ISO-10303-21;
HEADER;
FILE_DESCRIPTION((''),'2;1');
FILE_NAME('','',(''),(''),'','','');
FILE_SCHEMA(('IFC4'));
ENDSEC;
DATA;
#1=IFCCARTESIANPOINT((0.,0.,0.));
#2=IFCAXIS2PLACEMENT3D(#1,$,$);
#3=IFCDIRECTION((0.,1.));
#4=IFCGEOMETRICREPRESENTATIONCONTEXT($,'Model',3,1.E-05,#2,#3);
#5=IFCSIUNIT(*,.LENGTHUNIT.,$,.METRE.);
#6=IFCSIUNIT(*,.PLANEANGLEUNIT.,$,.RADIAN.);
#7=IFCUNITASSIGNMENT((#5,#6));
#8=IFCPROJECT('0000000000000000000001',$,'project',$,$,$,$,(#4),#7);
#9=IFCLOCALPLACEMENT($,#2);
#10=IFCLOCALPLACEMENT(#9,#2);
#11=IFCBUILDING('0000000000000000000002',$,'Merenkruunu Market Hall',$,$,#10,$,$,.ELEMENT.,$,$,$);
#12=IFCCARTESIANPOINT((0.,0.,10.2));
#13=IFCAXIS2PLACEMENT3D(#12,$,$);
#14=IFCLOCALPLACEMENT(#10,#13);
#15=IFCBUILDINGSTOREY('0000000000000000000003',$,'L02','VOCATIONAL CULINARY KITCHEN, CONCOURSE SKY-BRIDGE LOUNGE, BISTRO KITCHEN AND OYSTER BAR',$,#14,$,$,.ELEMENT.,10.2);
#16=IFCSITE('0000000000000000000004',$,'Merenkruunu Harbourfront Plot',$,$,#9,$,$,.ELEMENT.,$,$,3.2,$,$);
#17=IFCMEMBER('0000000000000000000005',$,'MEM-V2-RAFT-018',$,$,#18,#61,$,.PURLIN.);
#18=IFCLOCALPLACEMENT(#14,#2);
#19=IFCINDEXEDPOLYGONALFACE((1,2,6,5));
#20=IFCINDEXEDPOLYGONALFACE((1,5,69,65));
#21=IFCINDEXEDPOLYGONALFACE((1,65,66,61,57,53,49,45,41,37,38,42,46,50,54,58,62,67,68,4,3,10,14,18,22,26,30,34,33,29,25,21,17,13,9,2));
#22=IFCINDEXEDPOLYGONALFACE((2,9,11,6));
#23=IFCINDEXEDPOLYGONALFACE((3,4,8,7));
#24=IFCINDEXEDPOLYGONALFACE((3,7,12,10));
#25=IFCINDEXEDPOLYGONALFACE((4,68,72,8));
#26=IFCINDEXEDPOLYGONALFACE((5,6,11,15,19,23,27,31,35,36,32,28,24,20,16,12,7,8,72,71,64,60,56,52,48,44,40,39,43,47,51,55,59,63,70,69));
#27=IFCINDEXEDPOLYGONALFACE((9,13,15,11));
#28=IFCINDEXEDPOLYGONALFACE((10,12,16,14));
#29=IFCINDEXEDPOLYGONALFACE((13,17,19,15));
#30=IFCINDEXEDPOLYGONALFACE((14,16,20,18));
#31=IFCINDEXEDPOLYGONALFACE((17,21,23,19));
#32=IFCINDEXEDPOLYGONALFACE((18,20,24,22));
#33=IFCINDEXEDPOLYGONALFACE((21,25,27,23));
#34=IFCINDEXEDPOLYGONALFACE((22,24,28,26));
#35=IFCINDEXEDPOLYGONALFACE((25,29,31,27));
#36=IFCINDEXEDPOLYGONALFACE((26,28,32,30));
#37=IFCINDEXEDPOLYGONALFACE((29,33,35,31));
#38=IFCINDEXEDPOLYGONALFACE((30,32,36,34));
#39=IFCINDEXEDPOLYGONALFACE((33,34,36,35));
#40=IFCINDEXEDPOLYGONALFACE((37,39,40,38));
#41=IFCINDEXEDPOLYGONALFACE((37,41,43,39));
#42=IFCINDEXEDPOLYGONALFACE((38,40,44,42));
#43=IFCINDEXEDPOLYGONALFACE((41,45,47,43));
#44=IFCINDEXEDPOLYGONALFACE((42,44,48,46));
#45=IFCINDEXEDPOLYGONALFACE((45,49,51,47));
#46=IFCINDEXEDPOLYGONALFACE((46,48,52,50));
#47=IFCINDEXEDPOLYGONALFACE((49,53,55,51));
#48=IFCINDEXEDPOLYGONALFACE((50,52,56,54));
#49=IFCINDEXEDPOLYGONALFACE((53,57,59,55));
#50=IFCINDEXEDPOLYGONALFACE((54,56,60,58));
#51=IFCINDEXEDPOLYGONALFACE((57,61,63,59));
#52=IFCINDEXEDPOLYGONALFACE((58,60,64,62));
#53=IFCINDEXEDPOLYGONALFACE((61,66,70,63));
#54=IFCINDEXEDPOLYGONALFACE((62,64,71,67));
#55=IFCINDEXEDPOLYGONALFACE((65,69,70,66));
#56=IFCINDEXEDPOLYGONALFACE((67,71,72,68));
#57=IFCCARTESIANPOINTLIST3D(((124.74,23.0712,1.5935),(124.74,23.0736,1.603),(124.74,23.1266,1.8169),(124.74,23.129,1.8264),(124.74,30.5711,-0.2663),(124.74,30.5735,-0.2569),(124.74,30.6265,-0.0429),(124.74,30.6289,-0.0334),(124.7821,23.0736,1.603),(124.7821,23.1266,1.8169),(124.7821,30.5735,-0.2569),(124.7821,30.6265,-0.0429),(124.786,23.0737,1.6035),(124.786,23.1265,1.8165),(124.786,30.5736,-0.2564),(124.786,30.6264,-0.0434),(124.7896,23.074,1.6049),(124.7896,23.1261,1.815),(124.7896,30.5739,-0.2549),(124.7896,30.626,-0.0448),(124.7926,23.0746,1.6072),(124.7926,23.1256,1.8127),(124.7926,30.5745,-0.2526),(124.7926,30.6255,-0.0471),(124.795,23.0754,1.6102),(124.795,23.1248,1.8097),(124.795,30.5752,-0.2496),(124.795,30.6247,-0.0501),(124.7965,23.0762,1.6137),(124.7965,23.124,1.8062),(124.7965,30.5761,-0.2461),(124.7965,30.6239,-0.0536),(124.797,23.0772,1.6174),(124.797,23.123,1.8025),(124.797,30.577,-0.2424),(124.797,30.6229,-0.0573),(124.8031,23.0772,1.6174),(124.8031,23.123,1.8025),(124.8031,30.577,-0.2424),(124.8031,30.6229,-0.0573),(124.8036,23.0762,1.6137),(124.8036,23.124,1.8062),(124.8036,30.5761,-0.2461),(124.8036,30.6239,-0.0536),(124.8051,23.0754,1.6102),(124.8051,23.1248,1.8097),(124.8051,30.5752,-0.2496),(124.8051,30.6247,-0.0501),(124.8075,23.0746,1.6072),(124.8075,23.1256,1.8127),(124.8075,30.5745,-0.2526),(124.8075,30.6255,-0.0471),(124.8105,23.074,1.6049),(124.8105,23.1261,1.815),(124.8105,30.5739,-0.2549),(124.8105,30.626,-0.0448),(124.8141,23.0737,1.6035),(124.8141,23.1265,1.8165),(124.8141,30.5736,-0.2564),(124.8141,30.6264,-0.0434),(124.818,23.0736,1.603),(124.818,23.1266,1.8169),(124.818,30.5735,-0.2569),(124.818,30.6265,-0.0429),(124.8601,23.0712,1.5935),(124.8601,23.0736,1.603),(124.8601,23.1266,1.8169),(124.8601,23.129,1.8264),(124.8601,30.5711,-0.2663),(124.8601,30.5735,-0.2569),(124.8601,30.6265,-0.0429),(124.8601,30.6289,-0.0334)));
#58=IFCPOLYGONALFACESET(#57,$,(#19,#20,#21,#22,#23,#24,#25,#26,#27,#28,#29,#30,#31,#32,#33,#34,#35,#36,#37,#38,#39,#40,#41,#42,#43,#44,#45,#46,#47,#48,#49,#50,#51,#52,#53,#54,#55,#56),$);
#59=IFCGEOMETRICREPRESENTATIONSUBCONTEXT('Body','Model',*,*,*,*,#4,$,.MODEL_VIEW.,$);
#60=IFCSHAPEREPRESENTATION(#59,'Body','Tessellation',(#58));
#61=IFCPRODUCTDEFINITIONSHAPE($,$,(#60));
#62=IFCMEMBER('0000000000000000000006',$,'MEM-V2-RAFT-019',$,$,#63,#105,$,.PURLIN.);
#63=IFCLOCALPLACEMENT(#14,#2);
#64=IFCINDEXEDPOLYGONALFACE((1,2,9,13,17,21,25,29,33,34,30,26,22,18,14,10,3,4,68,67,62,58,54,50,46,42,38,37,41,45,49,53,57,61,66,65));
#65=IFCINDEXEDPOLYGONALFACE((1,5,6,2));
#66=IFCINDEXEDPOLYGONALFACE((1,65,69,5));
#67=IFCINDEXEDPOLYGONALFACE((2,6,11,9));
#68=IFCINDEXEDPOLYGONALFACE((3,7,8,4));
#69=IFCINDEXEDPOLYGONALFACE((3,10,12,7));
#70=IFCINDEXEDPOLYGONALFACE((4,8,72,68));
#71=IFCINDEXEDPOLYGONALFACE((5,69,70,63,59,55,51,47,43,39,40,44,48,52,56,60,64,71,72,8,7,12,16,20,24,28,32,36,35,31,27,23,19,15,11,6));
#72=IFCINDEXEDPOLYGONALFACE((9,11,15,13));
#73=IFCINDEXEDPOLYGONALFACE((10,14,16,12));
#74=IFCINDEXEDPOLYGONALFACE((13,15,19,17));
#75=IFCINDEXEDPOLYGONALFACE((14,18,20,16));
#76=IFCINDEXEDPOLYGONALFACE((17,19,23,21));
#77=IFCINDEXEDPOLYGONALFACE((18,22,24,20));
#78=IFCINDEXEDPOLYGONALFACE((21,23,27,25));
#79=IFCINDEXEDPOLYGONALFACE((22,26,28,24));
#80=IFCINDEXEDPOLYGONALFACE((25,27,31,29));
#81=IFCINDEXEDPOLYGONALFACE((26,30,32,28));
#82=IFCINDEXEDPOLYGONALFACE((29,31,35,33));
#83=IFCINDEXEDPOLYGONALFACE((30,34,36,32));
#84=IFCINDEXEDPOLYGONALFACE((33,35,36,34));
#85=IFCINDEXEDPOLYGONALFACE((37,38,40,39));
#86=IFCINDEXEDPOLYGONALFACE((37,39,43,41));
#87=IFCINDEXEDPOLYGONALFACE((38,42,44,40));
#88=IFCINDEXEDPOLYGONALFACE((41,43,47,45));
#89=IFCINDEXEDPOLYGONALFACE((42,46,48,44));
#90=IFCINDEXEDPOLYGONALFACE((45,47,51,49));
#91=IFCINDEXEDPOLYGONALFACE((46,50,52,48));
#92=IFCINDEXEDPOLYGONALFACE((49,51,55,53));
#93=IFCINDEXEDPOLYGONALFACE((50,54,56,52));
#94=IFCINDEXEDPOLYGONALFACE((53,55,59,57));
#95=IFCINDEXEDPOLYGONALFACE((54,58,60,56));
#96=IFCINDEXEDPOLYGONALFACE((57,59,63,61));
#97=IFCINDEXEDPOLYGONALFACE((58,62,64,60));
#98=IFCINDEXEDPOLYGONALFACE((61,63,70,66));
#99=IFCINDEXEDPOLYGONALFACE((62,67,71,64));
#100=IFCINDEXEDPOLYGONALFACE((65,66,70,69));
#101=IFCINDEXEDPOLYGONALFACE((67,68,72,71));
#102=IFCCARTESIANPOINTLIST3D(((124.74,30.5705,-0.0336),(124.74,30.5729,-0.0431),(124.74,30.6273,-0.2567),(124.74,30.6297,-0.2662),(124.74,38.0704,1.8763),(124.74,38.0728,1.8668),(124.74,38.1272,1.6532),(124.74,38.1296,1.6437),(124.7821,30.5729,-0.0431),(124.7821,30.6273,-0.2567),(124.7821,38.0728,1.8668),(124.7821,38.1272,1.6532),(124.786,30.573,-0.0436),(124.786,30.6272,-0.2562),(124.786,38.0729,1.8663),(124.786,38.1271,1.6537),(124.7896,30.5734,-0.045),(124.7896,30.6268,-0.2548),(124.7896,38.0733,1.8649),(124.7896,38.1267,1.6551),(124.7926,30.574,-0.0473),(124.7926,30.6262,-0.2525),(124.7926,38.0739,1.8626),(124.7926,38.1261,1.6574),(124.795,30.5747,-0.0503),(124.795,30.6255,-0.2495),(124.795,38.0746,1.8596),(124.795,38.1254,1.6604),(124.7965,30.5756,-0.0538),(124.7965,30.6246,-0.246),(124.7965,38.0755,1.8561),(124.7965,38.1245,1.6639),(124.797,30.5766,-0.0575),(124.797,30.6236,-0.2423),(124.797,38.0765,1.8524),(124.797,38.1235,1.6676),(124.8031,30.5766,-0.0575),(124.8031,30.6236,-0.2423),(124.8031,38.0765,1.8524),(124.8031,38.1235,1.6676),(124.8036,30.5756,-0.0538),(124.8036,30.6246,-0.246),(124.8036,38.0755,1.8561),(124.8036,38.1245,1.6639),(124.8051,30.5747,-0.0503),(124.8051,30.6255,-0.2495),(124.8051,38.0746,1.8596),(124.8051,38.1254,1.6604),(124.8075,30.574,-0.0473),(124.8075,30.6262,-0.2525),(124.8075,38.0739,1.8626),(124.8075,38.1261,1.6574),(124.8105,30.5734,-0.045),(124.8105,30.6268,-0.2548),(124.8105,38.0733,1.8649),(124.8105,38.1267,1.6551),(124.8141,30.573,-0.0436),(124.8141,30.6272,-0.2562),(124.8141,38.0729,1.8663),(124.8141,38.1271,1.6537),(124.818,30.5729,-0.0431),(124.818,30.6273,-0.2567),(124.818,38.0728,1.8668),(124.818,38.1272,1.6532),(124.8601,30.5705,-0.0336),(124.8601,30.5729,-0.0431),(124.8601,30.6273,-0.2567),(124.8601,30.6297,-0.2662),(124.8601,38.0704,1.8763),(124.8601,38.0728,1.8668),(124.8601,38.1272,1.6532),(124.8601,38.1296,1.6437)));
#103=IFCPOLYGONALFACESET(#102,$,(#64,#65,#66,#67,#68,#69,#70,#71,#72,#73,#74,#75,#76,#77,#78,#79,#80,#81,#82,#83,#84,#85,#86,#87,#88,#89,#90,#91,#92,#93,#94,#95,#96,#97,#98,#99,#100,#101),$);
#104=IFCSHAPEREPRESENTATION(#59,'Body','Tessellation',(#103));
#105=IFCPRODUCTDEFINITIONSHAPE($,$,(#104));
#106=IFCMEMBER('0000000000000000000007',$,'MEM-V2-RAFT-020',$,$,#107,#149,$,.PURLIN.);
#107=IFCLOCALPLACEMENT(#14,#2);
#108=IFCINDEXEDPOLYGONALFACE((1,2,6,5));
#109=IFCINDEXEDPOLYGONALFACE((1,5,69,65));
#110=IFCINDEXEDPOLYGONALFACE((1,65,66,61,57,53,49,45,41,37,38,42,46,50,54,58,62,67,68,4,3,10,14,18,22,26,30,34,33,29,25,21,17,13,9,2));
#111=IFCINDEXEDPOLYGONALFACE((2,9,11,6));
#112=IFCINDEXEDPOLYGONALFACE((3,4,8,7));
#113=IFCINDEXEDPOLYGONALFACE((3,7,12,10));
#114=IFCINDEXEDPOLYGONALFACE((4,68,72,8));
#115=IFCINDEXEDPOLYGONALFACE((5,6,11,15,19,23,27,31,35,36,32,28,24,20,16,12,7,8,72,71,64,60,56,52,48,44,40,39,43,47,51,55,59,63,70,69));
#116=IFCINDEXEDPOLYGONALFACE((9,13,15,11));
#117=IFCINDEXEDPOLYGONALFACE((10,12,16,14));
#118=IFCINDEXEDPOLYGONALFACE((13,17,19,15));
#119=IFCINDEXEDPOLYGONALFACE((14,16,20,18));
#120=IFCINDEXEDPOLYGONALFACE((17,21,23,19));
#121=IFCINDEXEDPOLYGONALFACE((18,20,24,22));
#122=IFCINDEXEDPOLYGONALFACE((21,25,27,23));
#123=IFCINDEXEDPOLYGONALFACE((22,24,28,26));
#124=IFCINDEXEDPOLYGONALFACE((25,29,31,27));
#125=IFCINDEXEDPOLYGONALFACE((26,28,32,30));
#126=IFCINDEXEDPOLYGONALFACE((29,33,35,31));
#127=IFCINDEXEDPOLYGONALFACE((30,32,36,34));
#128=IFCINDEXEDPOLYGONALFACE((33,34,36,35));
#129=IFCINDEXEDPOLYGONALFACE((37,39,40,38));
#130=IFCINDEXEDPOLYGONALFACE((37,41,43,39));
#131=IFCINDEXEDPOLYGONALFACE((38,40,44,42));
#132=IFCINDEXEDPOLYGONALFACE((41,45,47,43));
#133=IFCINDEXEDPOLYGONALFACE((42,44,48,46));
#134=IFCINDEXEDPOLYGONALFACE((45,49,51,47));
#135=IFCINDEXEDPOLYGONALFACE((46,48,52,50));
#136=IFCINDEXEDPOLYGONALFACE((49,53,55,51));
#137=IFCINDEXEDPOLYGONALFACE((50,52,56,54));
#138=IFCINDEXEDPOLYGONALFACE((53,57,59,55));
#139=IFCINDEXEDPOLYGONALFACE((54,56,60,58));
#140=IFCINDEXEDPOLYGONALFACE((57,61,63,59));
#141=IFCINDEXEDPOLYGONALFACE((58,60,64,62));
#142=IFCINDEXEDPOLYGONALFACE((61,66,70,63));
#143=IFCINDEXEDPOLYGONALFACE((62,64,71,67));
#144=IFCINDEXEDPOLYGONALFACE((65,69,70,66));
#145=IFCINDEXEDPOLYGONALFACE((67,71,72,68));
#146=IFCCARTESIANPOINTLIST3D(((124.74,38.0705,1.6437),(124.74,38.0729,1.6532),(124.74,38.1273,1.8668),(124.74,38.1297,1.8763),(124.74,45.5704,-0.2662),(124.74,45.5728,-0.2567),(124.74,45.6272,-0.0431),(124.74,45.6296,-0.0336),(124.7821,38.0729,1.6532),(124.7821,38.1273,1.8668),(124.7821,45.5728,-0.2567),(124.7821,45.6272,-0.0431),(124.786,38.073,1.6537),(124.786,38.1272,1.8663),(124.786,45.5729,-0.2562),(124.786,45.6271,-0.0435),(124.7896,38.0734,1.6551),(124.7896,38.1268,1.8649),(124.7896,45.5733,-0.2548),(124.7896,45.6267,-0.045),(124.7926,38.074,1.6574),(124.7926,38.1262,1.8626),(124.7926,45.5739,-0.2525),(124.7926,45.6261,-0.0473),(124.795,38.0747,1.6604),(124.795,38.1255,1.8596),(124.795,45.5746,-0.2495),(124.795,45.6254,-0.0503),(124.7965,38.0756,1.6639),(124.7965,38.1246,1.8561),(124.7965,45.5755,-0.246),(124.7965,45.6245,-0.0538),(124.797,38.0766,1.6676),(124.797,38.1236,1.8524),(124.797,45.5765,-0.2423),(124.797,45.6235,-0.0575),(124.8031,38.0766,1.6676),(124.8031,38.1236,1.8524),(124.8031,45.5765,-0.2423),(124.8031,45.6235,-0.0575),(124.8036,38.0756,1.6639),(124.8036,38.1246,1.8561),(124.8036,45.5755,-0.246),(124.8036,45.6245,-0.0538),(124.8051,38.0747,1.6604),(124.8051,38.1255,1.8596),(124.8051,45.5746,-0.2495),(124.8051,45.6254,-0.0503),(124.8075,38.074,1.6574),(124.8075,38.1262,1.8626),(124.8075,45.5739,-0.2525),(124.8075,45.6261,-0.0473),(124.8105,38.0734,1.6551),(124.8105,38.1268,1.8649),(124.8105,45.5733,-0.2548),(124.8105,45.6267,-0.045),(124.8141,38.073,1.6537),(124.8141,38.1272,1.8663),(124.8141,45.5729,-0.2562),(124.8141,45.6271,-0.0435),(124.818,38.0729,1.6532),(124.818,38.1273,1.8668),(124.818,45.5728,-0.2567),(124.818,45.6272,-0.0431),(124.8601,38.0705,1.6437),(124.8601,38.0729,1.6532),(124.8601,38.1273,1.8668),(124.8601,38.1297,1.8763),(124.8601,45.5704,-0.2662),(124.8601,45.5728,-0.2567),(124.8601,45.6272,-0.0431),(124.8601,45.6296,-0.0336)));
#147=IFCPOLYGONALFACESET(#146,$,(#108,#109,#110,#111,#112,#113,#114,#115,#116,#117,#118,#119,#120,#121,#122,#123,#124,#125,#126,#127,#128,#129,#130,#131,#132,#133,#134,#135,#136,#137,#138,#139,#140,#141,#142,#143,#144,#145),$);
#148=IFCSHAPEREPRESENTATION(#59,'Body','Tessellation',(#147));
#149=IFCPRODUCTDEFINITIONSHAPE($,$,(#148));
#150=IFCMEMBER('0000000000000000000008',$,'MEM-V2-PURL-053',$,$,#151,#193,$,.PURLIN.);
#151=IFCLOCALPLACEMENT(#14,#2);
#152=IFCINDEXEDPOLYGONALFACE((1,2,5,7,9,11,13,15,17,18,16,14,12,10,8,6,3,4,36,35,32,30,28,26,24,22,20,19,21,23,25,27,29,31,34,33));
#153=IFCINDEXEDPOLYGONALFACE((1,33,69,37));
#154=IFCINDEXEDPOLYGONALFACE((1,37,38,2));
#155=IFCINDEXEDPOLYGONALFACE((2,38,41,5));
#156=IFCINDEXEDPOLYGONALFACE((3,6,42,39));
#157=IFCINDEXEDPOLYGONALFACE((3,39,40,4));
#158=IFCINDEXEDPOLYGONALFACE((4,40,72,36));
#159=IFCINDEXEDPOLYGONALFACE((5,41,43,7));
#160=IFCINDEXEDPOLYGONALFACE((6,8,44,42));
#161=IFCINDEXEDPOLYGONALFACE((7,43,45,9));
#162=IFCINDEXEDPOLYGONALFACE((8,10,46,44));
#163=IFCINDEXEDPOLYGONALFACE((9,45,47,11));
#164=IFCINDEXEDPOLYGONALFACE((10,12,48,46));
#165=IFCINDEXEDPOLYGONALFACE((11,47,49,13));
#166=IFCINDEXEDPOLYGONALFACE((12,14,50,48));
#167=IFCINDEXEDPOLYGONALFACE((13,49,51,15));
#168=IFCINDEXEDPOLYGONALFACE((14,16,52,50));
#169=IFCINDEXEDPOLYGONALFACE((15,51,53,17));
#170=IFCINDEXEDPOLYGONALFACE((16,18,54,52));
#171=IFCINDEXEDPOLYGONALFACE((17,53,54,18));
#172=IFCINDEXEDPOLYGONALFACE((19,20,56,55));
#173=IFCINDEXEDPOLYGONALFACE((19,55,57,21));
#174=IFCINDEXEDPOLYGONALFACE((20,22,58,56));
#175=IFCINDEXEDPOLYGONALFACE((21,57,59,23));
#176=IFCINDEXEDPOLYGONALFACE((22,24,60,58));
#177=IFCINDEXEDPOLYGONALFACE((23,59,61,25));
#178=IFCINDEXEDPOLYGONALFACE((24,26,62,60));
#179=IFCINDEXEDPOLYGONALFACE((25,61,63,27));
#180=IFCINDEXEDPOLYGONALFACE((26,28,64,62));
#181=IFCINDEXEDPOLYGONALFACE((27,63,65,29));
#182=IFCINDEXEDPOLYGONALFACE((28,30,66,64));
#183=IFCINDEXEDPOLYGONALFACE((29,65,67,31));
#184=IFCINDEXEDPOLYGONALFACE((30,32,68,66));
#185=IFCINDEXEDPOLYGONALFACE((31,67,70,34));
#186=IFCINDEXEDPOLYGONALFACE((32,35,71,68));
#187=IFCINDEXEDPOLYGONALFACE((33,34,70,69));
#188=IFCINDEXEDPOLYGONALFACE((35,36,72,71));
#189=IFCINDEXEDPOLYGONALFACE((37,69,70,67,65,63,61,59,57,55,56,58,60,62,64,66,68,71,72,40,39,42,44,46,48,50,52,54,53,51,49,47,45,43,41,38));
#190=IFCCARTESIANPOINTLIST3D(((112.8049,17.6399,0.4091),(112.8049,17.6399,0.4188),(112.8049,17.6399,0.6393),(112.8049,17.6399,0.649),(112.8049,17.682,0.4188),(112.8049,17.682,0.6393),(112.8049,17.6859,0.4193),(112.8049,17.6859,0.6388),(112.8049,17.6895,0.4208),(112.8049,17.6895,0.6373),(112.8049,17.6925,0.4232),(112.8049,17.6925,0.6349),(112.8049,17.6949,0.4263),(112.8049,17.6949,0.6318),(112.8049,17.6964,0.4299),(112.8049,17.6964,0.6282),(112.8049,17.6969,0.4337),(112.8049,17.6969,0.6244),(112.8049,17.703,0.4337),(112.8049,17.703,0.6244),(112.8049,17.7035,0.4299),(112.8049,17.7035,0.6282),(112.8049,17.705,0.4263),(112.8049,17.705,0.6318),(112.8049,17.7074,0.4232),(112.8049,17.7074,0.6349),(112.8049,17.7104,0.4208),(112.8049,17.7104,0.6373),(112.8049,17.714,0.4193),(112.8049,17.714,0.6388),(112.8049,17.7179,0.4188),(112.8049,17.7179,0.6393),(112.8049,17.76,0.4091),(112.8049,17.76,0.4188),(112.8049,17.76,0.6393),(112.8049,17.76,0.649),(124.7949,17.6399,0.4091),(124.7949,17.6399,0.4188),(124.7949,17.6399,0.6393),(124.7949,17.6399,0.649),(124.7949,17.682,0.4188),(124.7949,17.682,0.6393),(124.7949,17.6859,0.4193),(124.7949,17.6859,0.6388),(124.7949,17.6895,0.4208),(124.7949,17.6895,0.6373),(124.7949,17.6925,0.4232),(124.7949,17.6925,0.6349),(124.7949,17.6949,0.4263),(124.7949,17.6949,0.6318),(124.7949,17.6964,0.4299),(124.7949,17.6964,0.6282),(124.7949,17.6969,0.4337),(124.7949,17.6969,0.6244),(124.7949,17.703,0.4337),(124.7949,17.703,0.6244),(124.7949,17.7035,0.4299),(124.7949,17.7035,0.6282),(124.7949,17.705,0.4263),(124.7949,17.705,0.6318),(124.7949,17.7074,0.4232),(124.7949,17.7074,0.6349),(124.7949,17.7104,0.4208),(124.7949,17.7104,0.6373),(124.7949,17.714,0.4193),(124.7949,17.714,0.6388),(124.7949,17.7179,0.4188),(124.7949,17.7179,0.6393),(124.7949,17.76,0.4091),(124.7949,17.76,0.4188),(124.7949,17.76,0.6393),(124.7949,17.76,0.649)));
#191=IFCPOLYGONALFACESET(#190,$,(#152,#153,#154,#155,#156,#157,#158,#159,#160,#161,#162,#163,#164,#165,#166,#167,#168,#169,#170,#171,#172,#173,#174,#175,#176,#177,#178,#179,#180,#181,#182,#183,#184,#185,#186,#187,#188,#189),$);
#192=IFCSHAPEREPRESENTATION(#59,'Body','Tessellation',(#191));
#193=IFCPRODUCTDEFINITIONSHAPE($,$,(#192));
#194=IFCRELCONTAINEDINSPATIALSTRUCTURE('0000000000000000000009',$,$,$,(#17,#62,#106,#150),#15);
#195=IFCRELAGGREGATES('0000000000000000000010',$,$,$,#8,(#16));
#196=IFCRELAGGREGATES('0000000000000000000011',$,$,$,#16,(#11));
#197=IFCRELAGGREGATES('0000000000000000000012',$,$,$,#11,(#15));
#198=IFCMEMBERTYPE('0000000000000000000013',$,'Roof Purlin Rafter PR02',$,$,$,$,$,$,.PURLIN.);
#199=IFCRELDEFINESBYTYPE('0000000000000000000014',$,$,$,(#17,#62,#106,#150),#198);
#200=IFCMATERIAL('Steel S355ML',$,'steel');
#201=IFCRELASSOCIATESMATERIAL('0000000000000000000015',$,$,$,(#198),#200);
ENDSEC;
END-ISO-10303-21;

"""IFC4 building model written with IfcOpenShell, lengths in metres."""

from ifc_helpers import new_model, si_unit, direction, frame, origin, origin_2d, place, context, subcontext, project, spatial, i_section, extrude, material, material_profile, profile_set, type_object, element, save


model = new_model("IFC4")

# Units and contexts
model_context = context("Model", 3, precision=1e-05, world=origin(), true_north=direction((0.0, 1.0)))
body_context = subcontext(model_context, "Body", "Model", "MODEL_VIEW")
ifc_project = project(units=[si_unit("LENGTHUNIT", "METRE"), si_unit("PLANEANGLEUNIT", "RADIAN")], contexts=[model_context])

# Site, building, storey
site_placement = place(None, origin())
site = spatial("IfcSite", under=ifc_project, at=site_placement, Name="Merenkruunu Harbourfront Plot", CompositionType="ELEMENT", RefElevation=3.2)
building_placement = place(site_placement, origin())
building = spatial("IfcBuilding", under=site, at=building_placement, Name="Merenkruunu Market Hall", CompositionType="ELEMENT")
storey_placement = place(building_placement, frame((0.0, 0.0, 10.2)))
storey = spatial("IfcBuildingStorey", under=building, at=storey_placement, Name="L02", Description="VOCATIONAL CULINARY KITCHEN, CONCOURSE SKY-BRIDGE LOUNGE, BISTRO KITCHEN AND OYSTER BAR", CompositionType="ELEMENT", Elevation=10.2)

# Members
ifc_material_1 = material(Name="Steel S355ML", Category="steel")
ifc_material_profile_1 = material_profile(ifc_material_1, i_section(OverallWidth=0.1201, OverallDepth=0.24, WebThickness=0.0061, FlangeThickness=0.0098, FilletRadius=0.0149, at=origin_2d()), Name="IPE 240")
ifc_profile_set_1 = profile_set([ifc_material_profile_1], Name="Steel S355ML")
member_type = type_object("IfcMemberType", Name="Roof Purlin Rafter PR02", PredefinedType="PURLIN", material=ifc_profile_set_1)
for number, where, z_axis, x_axis, name in (
    (1, (124.8, 23.1001, 1.71), (0.0, 0.970602, -0.240692), (-1.0, 0.0, 0.0), "MEM-V2-RAFT-018"),
):
    element("IfcMember", number, at=place(storey_placement, frame(where, z_axis=z_axis, x_axis=x_axis)), inside=storey, type_object=member_type, Name=name, PredefinedType="PURLIN", context=body_context, shape_type="SweptSolid", body=[
        extrude(i_section(OverallWidth=0.1201, OverallDepth=0.24, WebThickness=0.0061, FlangeThickness=0.0098, FilletRadius=0.0149, at=origin_2d()), origin(), (0.0, 0.0, 1.0), 7.7271),
    ])
for number, where, z_axis, x_axis, name in (
    (2, (124.8, 30.6001, -0.1499), (0.0, 0.969072, 0.246779), (-1.0, 0.0, 0.0), "MEM-V2-RAFT-019"),
    (3, (124.8, 38.1001, 1.76), (0.0, 0.969072, -0.246779), (-1.0, 0.0, 0.0), "MEM-V2-RAFT-020"),
):
    element("IfcMember", number, at=place(storey_placement, frame(where, z_axis=z_axis, x_axis=x_axis)), inside=storey, type_object=member_type, Name=name, PredefinedType="PURLIN", context=body_context, shape_type="SweptSolid", body=[
        extrude(i_section(OverallWidth=0.1201, OverallDepth=0.24, WebThickness=0.0061, FlangeThickness=0.0098, FilletRadius=0.0149, at=origin_2d()), origin(), (0.0, 0.0, 1.0), 7.7393),
    ])
for number, where, z_axis, x_axis, name in (
    (4, (112.8049, 17.7, 0.5291), (1.0, 0.0, 0.0), (0.0, 1.0, 0.0), "MEM-V2-PURL-053"),
):
    element("IfcMember", number, at=place(storey_placement, frame(where, z_axis=z_axis, x_axis=x_axis)), inside=storey, type_object=member_type, Name=name, PredefinedType="PURLIN", context=body_context, shape_type="SweptSolid", body=[
        extrude(i_section(OverallWidth=0.1201, OverallDepth=0.24, WebThickness=0.0061, FlangeThickness=0.0098, FilletRadius=0.0149, at=origin_2d()), origin(), (0.0, 0.0, 1.0), 11.99),
    ])

save(model, "model.ifc")
